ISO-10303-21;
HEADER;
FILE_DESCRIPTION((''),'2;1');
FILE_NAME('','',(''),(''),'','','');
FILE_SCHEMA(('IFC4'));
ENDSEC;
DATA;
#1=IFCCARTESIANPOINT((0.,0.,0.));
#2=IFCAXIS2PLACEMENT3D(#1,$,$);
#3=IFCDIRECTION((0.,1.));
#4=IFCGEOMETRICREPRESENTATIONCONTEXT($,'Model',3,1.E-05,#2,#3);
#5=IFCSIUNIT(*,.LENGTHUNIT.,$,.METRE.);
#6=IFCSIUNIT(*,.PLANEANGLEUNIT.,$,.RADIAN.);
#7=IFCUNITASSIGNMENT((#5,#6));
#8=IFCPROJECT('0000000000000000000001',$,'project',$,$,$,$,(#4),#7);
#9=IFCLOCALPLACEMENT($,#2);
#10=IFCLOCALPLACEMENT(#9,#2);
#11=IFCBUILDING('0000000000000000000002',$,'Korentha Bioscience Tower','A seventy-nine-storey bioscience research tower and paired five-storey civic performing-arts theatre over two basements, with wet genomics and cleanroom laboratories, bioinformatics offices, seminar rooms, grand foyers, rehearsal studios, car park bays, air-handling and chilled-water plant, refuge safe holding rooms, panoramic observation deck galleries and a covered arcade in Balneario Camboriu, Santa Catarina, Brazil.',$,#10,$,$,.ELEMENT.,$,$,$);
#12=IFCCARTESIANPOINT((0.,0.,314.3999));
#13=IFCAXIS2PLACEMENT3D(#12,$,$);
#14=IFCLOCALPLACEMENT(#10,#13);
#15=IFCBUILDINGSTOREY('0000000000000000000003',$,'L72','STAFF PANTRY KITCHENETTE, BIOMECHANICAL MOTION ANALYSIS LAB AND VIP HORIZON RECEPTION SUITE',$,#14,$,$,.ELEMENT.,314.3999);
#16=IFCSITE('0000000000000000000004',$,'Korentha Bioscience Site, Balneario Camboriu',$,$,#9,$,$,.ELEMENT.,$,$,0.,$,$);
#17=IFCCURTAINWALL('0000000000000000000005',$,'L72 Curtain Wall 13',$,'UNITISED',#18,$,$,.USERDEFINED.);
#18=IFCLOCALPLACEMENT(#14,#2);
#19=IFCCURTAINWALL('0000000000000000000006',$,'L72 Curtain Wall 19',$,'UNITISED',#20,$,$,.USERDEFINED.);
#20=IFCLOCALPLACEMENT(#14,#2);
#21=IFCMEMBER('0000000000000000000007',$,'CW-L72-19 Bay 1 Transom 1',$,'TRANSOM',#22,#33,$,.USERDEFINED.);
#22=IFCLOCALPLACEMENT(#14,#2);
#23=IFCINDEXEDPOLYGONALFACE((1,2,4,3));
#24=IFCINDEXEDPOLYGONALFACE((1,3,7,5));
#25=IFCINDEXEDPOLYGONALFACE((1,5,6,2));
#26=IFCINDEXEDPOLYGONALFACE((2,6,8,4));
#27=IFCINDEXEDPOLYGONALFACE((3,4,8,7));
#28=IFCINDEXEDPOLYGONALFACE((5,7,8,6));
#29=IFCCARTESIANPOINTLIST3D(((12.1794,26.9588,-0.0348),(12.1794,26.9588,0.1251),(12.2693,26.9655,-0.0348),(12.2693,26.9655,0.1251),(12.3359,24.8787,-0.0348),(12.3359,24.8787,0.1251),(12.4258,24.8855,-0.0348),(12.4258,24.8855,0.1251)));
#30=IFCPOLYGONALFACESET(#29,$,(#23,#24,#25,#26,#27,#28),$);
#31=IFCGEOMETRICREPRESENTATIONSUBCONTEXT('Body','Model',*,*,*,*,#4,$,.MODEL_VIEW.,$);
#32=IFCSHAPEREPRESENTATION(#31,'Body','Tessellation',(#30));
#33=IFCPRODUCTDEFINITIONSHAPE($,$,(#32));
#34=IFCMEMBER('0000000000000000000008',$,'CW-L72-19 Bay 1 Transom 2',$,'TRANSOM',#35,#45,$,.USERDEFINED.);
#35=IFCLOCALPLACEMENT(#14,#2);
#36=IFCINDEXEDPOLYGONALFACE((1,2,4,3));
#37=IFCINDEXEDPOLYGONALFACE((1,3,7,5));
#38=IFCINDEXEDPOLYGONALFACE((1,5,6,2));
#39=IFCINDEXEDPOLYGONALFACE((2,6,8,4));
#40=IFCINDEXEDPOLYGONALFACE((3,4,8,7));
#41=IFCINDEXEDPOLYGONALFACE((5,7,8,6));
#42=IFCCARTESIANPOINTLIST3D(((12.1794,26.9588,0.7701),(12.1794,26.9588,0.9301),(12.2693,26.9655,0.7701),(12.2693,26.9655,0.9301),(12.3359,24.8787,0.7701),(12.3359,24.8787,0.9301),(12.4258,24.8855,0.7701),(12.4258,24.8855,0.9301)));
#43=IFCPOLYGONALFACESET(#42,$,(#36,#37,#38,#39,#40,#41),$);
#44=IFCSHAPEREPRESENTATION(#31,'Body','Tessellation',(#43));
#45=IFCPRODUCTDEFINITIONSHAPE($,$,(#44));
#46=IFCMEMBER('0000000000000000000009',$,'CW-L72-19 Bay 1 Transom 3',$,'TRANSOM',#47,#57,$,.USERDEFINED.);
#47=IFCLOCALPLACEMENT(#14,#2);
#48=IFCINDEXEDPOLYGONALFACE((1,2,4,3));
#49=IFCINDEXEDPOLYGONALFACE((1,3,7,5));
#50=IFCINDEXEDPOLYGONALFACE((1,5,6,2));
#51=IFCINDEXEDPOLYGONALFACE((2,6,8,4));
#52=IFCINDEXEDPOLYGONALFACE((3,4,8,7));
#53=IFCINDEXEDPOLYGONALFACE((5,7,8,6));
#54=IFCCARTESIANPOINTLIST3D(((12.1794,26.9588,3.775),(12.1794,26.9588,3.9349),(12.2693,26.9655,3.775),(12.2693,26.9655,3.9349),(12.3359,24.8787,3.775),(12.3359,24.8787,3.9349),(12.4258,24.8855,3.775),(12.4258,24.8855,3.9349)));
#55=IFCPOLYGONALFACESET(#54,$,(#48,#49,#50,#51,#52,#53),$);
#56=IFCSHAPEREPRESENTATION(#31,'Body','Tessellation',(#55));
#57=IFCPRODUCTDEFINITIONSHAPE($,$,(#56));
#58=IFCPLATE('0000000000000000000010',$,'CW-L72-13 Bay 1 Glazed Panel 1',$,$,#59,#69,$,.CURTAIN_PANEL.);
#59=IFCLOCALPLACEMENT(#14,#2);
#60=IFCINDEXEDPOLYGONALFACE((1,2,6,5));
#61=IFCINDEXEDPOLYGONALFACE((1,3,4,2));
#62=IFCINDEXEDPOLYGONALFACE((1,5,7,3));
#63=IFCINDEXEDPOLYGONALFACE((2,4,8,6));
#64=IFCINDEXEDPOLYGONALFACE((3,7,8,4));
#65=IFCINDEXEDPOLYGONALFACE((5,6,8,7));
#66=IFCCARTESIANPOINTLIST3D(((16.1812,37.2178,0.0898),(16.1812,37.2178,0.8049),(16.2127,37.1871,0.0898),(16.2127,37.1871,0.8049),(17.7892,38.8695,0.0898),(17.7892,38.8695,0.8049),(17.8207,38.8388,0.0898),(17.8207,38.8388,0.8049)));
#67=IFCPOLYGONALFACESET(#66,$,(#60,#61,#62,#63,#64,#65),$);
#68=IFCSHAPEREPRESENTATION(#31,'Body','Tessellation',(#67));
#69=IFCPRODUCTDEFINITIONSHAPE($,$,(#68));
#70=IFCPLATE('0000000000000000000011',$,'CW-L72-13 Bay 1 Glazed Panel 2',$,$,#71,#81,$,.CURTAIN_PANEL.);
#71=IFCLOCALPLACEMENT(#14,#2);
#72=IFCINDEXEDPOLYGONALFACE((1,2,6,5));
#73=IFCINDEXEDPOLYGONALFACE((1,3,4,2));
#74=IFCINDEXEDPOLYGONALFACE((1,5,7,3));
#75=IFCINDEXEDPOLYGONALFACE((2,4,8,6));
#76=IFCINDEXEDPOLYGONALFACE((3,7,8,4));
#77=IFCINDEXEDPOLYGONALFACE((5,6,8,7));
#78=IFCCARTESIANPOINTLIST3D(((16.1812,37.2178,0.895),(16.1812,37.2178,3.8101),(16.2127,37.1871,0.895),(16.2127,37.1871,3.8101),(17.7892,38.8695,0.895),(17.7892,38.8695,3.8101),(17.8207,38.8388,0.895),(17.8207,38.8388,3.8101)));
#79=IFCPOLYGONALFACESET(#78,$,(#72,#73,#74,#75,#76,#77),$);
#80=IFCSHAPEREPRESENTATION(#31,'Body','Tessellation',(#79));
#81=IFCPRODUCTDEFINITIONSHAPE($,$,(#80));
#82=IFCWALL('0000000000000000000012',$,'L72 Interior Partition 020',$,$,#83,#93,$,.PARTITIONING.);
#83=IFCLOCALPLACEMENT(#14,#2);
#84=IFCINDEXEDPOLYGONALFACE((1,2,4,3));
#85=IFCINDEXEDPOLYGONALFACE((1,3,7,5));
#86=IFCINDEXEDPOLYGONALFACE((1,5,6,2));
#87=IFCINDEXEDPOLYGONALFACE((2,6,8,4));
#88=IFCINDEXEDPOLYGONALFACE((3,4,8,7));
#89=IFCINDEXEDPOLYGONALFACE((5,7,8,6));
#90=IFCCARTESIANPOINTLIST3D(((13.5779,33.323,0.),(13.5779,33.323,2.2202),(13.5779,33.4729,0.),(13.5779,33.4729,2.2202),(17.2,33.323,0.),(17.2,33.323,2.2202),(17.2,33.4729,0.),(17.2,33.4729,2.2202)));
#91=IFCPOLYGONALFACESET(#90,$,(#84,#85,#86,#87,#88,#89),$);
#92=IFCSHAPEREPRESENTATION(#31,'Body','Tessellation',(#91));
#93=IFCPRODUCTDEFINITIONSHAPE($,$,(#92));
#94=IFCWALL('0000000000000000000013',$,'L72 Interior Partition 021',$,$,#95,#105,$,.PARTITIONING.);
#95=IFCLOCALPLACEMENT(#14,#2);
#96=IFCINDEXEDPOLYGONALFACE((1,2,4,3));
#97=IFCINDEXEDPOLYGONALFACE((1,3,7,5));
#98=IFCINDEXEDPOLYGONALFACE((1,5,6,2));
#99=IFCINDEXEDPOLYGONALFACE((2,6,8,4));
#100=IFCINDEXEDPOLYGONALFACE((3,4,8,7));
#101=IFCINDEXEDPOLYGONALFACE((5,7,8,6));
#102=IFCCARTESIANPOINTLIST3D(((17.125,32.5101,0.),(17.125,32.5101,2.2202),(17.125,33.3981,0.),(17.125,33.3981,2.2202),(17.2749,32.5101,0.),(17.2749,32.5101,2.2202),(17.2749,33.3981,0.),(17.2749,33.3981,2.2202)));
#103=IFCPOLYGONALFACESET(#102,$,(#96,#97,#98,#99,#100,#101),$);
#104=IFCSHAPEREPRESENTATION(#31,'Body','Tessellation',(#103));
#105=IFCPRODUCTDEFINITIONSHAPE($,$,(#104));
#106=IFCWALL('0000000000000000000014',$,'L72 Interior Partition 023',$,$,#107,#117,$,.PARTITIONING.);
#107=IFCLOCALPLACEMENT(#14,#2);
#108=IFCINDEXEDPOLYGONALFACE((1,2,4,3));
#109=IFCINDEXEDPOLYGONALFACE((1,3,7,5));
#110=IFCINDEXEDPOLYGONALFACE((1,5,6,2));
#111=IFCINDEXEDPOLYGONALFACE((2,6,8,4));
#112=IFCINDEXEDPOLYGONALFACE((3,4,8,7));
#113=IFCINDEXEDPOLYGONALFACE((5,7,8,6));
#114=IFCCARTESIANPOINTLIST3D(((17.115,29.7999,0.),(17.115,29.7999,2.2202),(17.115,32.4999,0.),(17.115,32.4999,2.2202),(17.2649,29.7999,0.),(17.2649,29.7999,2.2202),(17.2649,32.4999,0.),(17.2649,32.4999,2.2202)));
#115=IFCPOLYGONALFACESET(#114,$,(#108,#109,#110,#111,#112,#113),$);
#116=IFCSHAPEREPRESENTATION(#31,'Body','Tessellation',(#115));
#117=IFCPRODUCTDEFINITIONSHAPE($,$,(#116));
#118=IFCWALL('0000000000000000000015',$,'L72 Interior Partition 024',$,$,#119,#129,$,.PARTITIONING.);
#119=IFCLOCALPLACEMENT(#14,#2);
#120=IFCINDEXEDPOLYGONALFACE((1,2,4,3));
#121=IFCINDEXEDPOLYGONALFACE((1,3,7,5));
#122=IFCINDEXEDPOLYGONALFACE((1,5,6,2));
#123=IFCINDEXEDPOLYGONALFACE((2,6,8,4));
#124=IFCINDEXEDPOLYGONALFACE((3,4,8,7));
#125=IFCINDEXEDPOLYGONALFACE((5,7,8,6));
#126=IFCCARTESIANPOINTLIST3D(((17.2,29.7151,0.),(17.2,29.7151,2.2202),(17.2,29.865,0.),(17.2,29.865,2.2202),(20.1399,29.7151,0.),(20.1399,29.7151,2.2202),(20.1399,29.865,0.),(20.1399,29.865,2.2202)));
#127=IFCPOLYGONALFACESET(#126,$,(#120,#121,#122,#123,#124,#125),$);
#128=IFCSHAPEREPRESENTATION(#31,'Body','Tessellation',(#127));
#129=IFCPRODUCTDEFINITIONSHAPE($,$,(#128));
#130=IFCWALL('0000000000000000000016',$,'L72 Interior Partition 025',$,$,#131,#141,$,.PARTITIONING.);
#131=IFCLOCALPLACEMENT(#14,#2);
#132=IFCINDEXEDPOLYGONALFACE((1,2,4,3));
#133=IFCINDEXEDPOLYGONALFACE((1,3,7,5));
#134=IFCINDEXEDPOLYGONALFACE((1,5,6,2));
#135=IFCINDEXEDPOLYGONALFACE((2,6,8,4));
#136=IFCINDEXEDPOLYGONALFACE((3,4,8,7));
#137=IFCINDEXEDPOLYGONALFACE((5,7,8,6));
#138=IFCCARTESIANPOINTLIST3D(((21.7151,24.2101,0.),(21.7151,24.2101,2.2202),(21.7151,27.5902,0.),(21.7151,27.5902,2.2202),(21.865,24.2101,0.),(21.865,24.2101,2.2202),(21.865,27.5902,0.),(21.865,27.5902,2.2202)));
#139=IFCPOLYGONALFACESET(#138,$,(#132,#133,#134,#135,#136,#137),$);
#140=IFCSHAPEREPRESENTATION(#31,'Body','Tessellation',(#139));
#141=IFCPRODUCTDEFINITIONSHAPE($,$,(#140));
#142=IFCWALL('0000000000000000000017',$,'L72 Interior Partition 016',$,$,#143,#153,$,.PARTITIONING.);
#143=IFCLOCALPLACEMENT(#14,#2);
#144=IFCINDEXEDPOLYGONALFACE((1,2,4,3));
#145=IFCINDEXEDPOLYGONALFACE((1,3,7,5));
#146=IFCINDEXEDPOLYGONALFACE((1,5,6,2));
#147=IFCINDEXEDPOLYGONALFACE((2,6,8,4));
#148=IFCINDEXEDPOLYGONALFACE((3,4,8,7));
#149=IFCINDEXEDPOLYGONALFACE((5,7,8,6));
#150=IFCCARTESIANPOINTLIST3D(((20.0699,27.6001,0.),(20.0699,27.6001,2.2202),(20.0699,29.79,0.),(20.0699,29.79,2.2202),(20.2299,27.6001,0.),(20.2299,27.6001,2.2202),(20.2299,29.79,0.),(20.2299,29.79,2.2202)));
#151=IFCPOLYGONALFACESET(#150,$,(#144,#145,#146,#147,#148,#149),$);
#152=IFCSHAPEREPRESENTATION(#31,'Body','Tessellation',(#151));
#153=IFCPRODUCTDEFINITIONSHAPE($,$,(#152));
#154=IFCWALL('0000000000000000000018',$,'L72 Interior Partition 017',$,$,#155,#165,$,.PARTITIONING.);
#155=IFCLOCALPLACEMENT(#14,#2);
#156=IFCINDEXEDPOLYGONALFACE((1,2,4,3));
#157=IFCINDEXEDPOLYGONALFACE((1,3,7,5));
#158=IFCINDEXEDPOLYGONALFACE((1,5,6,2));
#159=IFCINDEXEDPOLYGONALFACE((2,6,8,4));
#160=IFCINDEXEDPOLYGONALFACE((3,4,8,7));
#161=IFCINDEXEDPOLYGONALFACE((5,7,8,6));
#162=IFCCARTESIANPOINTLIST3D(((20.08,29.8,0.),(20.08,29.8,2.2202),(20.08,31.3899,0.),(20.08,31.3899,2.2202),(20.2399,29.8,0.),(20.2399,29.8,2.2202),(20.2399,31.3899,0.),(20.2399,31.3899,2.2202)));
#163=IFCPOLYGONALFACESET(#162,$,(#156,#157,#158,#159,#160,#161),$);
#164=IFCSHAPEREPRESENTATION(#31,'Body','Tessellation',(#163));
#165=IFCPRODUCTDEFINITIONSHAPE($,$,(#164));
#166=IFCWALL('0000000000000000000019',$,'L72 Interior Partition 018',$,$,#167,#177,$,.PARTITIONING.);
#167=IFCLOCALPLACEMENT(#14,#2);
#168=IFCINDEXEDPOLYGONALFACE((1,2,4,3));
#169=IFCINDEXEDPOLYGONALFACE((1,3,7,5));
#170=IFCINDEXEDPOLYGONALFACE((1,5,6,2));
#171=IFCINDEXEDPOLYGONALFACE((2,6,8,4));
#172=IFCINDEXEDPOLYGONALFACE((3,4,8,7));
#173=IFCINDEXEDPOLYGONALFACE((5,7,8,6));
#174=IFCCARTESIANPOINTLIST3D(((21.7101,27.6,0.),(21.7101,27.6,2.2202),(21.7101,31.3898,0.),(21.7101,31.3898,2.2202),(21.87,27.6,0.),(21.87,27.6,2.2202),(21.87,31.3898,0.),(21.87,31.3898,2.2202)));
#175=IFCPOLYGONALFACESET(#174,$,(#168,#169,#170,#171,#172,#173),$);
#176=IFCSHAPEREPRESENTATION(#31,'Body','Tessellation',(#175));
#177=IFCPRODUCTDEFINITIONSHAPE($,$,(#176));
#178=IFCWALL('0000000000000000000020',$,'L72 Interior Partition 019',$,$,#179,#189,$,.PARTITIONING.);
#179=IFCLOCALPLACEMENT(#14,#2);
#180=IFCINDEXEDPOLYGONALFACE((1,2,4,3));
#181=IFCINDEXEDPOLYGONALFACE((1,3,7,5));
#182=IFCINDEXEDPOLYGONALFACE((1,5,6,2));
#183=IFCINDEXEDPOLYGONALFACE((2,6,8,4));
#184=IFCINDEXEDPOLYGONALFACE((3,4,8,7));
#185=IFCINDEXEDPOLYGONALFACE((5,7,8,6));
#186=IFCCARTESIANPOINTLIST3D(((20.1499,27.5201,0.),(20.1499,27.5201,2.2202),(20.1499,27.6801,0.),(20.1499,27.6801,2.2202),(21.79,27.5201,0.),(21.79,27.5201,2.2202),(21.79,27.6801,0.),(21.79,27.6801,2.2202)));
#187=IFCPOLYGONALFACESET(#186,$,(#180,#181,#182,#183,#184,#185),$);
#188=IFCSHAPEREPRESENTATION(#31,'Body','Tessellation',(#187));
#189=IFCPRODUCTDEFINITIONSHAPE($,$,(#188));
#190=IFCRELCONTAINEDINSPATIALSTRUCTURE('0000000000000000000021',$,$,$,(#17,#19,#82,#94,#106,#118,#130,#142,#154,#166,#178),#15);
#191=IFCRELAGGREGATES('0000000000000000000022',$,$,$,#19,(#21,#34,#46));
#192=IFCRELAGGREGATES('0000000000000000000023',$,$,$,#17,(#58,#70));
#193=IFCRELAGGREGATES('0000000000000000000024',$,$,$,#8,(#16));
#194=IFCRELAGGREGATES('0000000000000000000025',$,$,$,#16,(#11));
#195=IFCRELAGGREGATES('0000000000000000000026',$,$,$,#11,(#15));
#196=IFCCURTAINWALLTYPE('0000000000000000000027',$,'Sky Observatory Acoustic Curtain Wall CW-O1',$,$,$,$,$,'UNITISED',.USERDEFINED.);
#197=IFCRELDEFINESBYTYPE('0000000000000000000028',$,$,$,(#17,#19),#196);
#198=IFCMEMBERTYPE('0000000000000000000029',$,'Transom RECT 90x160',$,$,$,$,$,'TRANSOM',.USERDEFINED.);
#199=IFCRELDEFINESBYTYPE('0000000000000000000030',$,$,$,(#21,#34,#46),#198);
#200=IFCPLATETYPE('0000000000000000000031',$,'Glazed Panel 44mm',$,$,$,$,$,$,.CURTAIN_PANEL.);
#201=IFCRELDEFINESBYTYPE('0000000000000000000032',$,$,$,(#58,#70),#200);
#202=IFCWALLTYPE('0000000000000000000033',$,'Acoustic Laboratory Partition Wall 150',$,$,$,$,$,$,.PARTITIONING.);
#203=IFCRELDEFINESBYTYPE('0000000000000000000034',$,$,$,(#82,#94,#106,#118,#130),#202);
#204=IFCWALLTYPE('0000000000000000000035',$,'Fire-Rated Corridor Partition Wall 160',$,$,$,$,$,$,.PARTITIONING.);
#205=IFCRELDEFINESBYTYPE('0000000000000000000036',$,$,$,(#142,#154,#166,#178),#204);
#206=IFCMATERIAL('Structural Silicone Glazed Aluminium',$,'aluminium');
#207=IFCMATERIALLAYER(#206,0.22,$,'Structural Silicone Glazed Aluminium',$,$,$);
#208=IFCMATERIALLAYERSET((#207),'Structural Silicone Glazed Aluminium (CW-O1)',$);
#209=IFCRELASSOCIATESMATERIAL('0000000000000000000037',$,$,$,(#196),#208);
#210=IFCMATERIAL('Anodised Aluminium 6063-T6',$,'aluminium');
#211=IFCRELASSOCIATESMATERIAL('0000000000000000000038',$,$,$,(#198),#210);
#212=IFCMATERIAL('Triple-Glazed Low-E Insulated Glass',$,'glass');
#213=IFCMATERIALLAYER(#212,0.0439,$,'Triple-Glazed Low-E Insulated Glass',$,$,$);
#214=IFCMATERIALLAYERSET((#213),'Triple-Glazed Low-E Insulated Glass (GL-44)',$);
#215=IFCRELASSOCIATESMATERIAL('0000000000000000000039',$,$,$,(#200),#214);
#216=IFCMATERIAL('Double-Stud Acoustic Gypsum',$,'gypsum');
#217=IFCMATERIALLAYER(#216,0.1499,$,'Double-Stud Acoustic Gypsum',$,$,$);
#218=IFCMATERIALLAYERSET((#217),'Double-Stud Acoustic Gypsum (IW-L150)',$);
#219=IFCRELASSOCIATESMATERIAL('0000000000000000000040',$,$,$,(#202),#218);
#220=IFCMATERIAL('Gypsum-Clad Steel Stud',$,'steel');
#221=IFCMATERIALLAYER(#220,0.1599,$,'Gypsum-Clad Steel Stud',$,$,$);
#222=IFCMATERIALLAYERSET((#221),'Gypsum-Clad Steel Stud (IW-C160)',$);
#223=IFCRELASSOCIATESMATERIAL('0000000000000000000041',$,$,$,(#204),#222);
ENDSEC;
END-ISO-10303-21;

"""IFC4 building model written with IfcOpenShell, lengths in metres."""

from ifc_helpers import new_model, si_unit, direction, frame, frame_2d, origin, origin_2d, place, context, subcontext, project, spatial, rectangle, extrude, material, layer, layer_set, material_profile, profile_set, type_object, element, aggregate, save


model = new_model("IFC4")

# Units and contexts
model_context = context("Model", 3, precision=1e-05, world=origin(), true_north=direction((0.0, 1.0)))
body_context = subcontext(model_context, "Body", "Model", "MODEL_VIEW")
ifc_project = project(units=[si_unit("LENGTHUNIT", "METRE"), si_unit("PLANEANGLEUNIT", "RADIAN")], contexts=[model_context])

# Site, building, storey
site_placement = place(None, origin())
site = spatial("IfcSite", under=ifc_project, at=site_placement, Name="Korentha Bioscience Site, Balneario Camboriu", CompositionType="ELEMENT", RefElevation=0.0)
building_placement = place(site_placement, origin())
building = spatial("IfcBuilding", under=site, at=building_placement, Name="Korentha Bioscience Tower", Description="A seventy-nine-storey bioscience research tower and paired five-storey civic performing-arts theatre over two basements, with wet genomics and cleanroom laboratories, bioinformatics offices, seminar rooms, grand foyers, rehearsal studios, car park bays, air-handling and chilled-water plant, refuge safe holding rooms, panoramic observation deck galleries and a covered arcade in Balneario Camboriu, Santa Catarina, Brazil.", CompositionType="ELEMENT")
storey_placement = place(building_placement, frame((0.0, 0.0, 314.3999)))
storey = spatial("IfcBuildingStorey", under=building, at=storey_placement, Name="L72", Description="STAFF PANTRY KITCHENETTE, BIOMECHANICAL MOTION ANALYSIS LAB AND VIP HORIZON RECEPTION SUITE", CompositionType="ELEMENT", Elevation=314.3999)

# Curtain wall
ifc_material_1 = material(Name="Structural Silicone Glazed Aluminium", Category="aluminium")
ifc_layer_1 = layer(ifc_material_1, 0.22, Name="Structural Silicone Glazed Aluminium")
ifc_layer_set_1 = layer_set([ifc_layer_1], Name="Structural Silicone Glazed Aluminium (CW-O1)")
curtain_wall_type = type_object("IfcCurtainWallType", Name="Sky Observatory Acoustic Curtain Wall CW-O1", ElementType="UNITISED", PredefinedType="USERDEFINED", material=ifc_layer_set_1)
curtain_wall_1_placement = place(storey_placement, origin())
curtain_wall_1 = element("IfcCurtainWall", 1, at=curtain_wall_1_placement, inside=storey, type_object=curtain_wall_type, Name="L72 Curtain Wall 13", ObjectType="UNITISED", PredefinedType="USERDEFINED")
ifc_material_2 = material(Name="Anodised Aluminium 6063-T6", Category="aluminium")

# Curtain wall
curtain_wall_2_placement = place(storey_placement, origin())
curtain_wall_2 = element("IfcCurtainWall", 2, at=curtain_wall_2_placement, inside=storey, type_object=curtain_wall_type, Name="L72 Curtain Wall 19", ObjectType="UNITISED", PredefinedType="USERDEFINED")

# Members
ifc_material_profile_1 = material_profile(ifc_material_2, rectangle(XDim=0.0901, YDim=0.1599, at=origin_2d()), Name="Anodised Aluminium 6063-T6")
ifc_profile_set_1 = profile_set([ifc_material_profile_1], Name="Anodised Aluminium 6063-T6 (CW-TRN)")
member_type_1 = type_object("IfcMemberType", Name="Transom RECT 90x160", ElementType="TRANSOM", PredefinedType="USERDEFINED", material=ifc_profile_set_1)
member_1_placement = place(storey_placement, frame((12.2244, 26.9622, 0.0452), z_axis=(0.075023, -0.997182, 0.0), x_axis=(0.997182, 0.075023, 0.0)))
member_1 = element("IfcMember", 3, at=member_1_placement, type_object=member_type_1, Name="CW-L72-19 Bay 1 Transom 1", ObjectType="TRANSOM", PredefinedType="USERDEFINED", context=body_context, shape_type="SweptSolid", body=[
    extrude(rectangle(XDim=0.0901, YDim=0.1599, at=origin_2d()), origin(), (0.0, 0.0, 1.0), 2.0859),
])
member_2_placement = place(storey_placement, frame((12.2244, 26.9622, 0.8501), z_axis=(0.075023, -0.997182, 0.0), x_axis=(0.997182, 0.075023, 0.0)))
member_2 = element("IfcMember", 4, at=member_2_placement, type_object=member_type_1, Name="CW-L72-19 Bay 1 Transom 2", ObjectType="TRANSOM", PredefinedType="USERDEFINED", context=body_context, shape_type="SweptSolid", body=[
    extrude(rectangle(XDim=0.0901, YDim=0.1599, at=origin_2d()), origin(), (0.0, 0.0, 1.0), 2.0859),
])
member_3_placement = place(storey_placement, frame((12.2244, 26.9622, 3.855), z_axis=(0.075023, -0.997182, 0.0), x_axis=(0.997182, 0.075023, 0.0)))
member_3 = element("IfcMember", 5, at=member_3_placement, type_object=member_type_1, Name="CW-L72-19 Bay 1 Transom 3", ObjectType="TRANSOM", PredefinedType="USERDEFINED", context=body_context, shape_type="SweptSolid", body=[
    extrude(rectangle(XDim=0.0901, YDim=0.1599, at=origin_2d()), origin(), (0.0, 0.0, 1.0), 2.0859),
])
aggregate(curtain_wall_2, [member_1, member_2, member_3])

# Plates
ifc_material_3 = material(Name="Triple-Glazed Low-E Insulated Glass", Category="glass")
ifc_layer_2 = layer(ifc_material_3, 0.0439, Name="Triple-Glazed Low-E Insulated Glass")
ifc_layer_set_2 = layer_set([ifc_layer_2], Name="Triple-Glazed Low-E Insulated Glass (GL-44)")
plate_type = type_object("IfcPlateType", Name="Glazed Panel 44mm", PredefinedType="CURTAIN_PANEL", material=ifc_layer_set_2)
plate_1_placement = place(storey_placement, frame((17.001, 38.0283, 0.0898), z_axis=(0.0, 0.0, 1.0), x_axis=(-0.697567, -0.716519, 0.0)))
plate_1 = element("IfcPlate", 6, at=plate_1_placement, type_object=plate_type, Name="CW-L72-13 Bay 1 Glazed Panel 1", PredefinedType="CURTAIN_PANEL", context=body_context, shape_type="SweptSolid", body=[
    extrude(rectangle(XDim=2.3052, YDim=0.0439, at=origin_2d()), origin(), (0.0, 0.0, 1.0), 0.7151),
])
plate_2_placement = place(storey_placement, frame((17.001, 38.0283, 0.895), z_axis=(0.0, 0.0, 1.0), x_axis=(-0.697567, -0.716519, 0.0)))
plate_2 = element("IfcPlate", 7, at=plate_2_placement, type_object=plate_type, Name="CW-L72-13 Bay 1 Glazed Panel 2", PredefinedType="CURTAIN_PANEL", context=body_context, shape_type="SweptSolid", body=[
    extrude(rectangle(XDim=2.3052, YDim=0.0439, at=origin_2d()), origin(), (0.0, 0.0, 1.0), 2.915),
])
aggregate(curtain_wall_1, [plate_1, plate_2])

# Walls
ifc_material_4 = material(Name="Double-Stud Acoustic Gypsum", Category="gypsum")
ifc_layer_3 = layer(ifc_material_4, 0.1499, Name="Double-Stud Acoustic Gypsum")
ifc_layer_set_3 = layer_set([ifc_layer_3], Name="Double-Stud Acoustic Gypsum (IW-L150)")
wall_type_1 = type_object("IfcWallType", Name="Acoustic Laboratory Partition Wall 150", PredefinedType="PARTITIONING", material=ifc_layer_set_3)
wall_1_placement = place(storey_placement, frame((13.5779, 33.3979, 0.0), z_axis=(0.0, 0.0, 1.0), x_axis=(1.0, 0.0, 0.0)))
element("IfcWall", 8, at=wall_1_placement, inside=storey, type_object=wall_type_1, Name="L72 Interior Partition 020", PredefinedType="PARTITIONING", context=body_context, shape_type="SweptSolid", body=[
    extrude(rectangle(XDim=3.6221, YDim=0.1499, at=frame_2d((1.811, 0.0))), origin(), (0.0, 0.0, 1.0), 2.2202),
])
wall_2_placement = place(storey_placement, frame((17.2, 33.3979, 0.0), z_axis=(0.0, 0.0, 1.0), x_axis=(0.0, -1.0, 0.0)))
element("IfcWall", 9, at=wall_2_placement, inside=storey, type_object=wall_type_1, Name="L72 Interior Partition 021", PredefinedType="PARTITIONING", context=body_context, shape_type="SweptSolid", body=[
    extrude(rectangle(XDim=0.8879, YDim=0.1499, at=frame_2d((0.4438, 0.0))), origin(), (0.0, 0.0, 1.0), 2.2202),
])
wall_3_placement = place(storey_placement, frame((17.1899, 32.5, 0.0), z_axis=(0.0, 0.0, 1.0), x_axis=(0.0, -1.0, 0.0)))
element("IfcWall", 10, at=wall_3_placement, inside=storey, type_object=wall_type_1, Name="L72 Interior Partition 023", PredefinedType="PARTITIONING", context=body_context, shape_type="SweptSolid", body=[
    extrude(rectangle(XDim=2.7, YDim=0.1499, at=frame_2d((1.3501, 0.0))), origin(), (0.0, 0.0, 1.0), 2.2202),
])
wall_4_placement = place(storey_placement, frame((17.2, 29.79, 0.0), z_axis=(0.0, 0.0, 1.0), x_axis=(1.0, 0.0, 0.0)))
element("IfcWall", 11, at=wall_4_placement, inside=storey, type_object=wall_type_1, Name="L72 Interior Partition 024", PredefinedType="PARTITIONING", context=body_context, shape_type="SweptSolid", body=[
    extrude(rectangle(XDim=2.9399, YDim=0.1499, at=frame_2d((1.47, 0.0))), origin(), (0.0, 0.0, 1.0), 2.2202),
])
wall_5_placement = place(storey_placement, frame((21.79, 27.5901, 0.0), z_axis=(0.0, 0.0, 1.0), x_axis=(0.0, -1.0, 0.0)))
element("IfcWall", 12, at=wall_5_placement, inside=storey, type_object=wall_type_1, Name="L72 Interior Partition 025", PredefinedType="PARTITIONING", context=body_context, shape_type="SweptSolid", body=[
    extrude(rectangle(XDim=3.3801, YDim=0.1499, at=frame_2d((1.6899, 0.0))), origin(), (0.0, 0.0, 1.0), 2.2202),
])

# Shared definitions
ifc_material_5 = material(Name="Gypsum-Clad Steel Stud", Category="steel")
ifc_layer_4 = layer(ifc_material_5, 0.1599, Name="Gypsum-Clad Steel Stud")
ifc_layer_set_4 = layer_set([ifc_layer_4], Name="Gypsum-Clad Steel Stud (IW-C160)")
wall_type_2 = type_object("IfcWallType", Name="Fire-Rated Corridor Partition Wall 160", PredefinedType="PARTITIONING", material=ifc_layer_set_4)

# Walls
wall_6_placement = place(storey_placement, frame((20.1499, 27.6001, 0.0), z_axis=(0.0, 0.0, 1.0), x_axis=(0.0, 1.0, 0.0)))
element("IfcWall", 13, at=wall_6_placement, inside=storey, type_object=wall_type_2, Name="L72 Interior Partition 016", PredefinedType="PARTITIONING", context=body_context, shape_type="SweptSolid", body=[
    extrude(rectangle(XDim=2.1899, YDim=0.1599, at=frame_2d((1.095, 0.0))), origin(), (0.0, 0.0, 1.0), 2.2202),
])
wall_7_placement = place(storey_placement, frame((20.1599, 29.8, 0.0), z_axis=(0.0, 0.0, 1.0), x_axis=(0.0, 1.0, 0.0)))
element("IfcWall", 14, at=wall_7_placement, inside=storey, type_object=wall_type_2, Name="L72 Interior Partition 017", PredefinedType="PARTITIONING", context=body_context, shape_type="SweptSolid", body=[
    extrude(rectangle(XDim=1.5898, YDim=0.1599, at=frame_2d((0.7949, 0.0))), origin(), (0.0, 0.0, 1.0), 2.2202),
])
wall_8_placement = place(storey_placement, frame((21.79, 31.3899, 0.0), z_axis=(0.0, 0.0, 1.0), x_axis=(0.0, -1.0, 0.0)))
element("IfcWall", 15, at=wall_8_placement, inside=storey, type_object=wall_type_2, Name="L72 Interior Partition 018", PredefinedType="PARTITIONING", context=body_context, shape_type="SweptSolid", body=[
    extrude(rectangle(XDim=3.7898, YDim=0.1599, at=frame_2d((1.895, 0.0))), origin(), (0.0, 0.0, 1.0), 2.2202),
])
wall_9_placement = place(storey_placement, frame((21.79, 27.6001, 0.0), z_axis=(0.0, 0.0, 1.0), x_axis=(-1.0, 0.0, 0.0)))
element("IfcWall", 16, at=wall_9_placement, inside=storey, type_object=wall_type_2, Name="L72 Interior Partition 019", PredefinedType="PARTITIONING", context=body_context, shape_type="SweptSolid", body=[
    extrude(rectangle(XDim=1.6401, YDim=0.1599, at=frame_2d((0.8201, 0.0))), origin(), (0.0, 0.0, 1.0), 2.2202),
])

save(model, "model.ifc")
